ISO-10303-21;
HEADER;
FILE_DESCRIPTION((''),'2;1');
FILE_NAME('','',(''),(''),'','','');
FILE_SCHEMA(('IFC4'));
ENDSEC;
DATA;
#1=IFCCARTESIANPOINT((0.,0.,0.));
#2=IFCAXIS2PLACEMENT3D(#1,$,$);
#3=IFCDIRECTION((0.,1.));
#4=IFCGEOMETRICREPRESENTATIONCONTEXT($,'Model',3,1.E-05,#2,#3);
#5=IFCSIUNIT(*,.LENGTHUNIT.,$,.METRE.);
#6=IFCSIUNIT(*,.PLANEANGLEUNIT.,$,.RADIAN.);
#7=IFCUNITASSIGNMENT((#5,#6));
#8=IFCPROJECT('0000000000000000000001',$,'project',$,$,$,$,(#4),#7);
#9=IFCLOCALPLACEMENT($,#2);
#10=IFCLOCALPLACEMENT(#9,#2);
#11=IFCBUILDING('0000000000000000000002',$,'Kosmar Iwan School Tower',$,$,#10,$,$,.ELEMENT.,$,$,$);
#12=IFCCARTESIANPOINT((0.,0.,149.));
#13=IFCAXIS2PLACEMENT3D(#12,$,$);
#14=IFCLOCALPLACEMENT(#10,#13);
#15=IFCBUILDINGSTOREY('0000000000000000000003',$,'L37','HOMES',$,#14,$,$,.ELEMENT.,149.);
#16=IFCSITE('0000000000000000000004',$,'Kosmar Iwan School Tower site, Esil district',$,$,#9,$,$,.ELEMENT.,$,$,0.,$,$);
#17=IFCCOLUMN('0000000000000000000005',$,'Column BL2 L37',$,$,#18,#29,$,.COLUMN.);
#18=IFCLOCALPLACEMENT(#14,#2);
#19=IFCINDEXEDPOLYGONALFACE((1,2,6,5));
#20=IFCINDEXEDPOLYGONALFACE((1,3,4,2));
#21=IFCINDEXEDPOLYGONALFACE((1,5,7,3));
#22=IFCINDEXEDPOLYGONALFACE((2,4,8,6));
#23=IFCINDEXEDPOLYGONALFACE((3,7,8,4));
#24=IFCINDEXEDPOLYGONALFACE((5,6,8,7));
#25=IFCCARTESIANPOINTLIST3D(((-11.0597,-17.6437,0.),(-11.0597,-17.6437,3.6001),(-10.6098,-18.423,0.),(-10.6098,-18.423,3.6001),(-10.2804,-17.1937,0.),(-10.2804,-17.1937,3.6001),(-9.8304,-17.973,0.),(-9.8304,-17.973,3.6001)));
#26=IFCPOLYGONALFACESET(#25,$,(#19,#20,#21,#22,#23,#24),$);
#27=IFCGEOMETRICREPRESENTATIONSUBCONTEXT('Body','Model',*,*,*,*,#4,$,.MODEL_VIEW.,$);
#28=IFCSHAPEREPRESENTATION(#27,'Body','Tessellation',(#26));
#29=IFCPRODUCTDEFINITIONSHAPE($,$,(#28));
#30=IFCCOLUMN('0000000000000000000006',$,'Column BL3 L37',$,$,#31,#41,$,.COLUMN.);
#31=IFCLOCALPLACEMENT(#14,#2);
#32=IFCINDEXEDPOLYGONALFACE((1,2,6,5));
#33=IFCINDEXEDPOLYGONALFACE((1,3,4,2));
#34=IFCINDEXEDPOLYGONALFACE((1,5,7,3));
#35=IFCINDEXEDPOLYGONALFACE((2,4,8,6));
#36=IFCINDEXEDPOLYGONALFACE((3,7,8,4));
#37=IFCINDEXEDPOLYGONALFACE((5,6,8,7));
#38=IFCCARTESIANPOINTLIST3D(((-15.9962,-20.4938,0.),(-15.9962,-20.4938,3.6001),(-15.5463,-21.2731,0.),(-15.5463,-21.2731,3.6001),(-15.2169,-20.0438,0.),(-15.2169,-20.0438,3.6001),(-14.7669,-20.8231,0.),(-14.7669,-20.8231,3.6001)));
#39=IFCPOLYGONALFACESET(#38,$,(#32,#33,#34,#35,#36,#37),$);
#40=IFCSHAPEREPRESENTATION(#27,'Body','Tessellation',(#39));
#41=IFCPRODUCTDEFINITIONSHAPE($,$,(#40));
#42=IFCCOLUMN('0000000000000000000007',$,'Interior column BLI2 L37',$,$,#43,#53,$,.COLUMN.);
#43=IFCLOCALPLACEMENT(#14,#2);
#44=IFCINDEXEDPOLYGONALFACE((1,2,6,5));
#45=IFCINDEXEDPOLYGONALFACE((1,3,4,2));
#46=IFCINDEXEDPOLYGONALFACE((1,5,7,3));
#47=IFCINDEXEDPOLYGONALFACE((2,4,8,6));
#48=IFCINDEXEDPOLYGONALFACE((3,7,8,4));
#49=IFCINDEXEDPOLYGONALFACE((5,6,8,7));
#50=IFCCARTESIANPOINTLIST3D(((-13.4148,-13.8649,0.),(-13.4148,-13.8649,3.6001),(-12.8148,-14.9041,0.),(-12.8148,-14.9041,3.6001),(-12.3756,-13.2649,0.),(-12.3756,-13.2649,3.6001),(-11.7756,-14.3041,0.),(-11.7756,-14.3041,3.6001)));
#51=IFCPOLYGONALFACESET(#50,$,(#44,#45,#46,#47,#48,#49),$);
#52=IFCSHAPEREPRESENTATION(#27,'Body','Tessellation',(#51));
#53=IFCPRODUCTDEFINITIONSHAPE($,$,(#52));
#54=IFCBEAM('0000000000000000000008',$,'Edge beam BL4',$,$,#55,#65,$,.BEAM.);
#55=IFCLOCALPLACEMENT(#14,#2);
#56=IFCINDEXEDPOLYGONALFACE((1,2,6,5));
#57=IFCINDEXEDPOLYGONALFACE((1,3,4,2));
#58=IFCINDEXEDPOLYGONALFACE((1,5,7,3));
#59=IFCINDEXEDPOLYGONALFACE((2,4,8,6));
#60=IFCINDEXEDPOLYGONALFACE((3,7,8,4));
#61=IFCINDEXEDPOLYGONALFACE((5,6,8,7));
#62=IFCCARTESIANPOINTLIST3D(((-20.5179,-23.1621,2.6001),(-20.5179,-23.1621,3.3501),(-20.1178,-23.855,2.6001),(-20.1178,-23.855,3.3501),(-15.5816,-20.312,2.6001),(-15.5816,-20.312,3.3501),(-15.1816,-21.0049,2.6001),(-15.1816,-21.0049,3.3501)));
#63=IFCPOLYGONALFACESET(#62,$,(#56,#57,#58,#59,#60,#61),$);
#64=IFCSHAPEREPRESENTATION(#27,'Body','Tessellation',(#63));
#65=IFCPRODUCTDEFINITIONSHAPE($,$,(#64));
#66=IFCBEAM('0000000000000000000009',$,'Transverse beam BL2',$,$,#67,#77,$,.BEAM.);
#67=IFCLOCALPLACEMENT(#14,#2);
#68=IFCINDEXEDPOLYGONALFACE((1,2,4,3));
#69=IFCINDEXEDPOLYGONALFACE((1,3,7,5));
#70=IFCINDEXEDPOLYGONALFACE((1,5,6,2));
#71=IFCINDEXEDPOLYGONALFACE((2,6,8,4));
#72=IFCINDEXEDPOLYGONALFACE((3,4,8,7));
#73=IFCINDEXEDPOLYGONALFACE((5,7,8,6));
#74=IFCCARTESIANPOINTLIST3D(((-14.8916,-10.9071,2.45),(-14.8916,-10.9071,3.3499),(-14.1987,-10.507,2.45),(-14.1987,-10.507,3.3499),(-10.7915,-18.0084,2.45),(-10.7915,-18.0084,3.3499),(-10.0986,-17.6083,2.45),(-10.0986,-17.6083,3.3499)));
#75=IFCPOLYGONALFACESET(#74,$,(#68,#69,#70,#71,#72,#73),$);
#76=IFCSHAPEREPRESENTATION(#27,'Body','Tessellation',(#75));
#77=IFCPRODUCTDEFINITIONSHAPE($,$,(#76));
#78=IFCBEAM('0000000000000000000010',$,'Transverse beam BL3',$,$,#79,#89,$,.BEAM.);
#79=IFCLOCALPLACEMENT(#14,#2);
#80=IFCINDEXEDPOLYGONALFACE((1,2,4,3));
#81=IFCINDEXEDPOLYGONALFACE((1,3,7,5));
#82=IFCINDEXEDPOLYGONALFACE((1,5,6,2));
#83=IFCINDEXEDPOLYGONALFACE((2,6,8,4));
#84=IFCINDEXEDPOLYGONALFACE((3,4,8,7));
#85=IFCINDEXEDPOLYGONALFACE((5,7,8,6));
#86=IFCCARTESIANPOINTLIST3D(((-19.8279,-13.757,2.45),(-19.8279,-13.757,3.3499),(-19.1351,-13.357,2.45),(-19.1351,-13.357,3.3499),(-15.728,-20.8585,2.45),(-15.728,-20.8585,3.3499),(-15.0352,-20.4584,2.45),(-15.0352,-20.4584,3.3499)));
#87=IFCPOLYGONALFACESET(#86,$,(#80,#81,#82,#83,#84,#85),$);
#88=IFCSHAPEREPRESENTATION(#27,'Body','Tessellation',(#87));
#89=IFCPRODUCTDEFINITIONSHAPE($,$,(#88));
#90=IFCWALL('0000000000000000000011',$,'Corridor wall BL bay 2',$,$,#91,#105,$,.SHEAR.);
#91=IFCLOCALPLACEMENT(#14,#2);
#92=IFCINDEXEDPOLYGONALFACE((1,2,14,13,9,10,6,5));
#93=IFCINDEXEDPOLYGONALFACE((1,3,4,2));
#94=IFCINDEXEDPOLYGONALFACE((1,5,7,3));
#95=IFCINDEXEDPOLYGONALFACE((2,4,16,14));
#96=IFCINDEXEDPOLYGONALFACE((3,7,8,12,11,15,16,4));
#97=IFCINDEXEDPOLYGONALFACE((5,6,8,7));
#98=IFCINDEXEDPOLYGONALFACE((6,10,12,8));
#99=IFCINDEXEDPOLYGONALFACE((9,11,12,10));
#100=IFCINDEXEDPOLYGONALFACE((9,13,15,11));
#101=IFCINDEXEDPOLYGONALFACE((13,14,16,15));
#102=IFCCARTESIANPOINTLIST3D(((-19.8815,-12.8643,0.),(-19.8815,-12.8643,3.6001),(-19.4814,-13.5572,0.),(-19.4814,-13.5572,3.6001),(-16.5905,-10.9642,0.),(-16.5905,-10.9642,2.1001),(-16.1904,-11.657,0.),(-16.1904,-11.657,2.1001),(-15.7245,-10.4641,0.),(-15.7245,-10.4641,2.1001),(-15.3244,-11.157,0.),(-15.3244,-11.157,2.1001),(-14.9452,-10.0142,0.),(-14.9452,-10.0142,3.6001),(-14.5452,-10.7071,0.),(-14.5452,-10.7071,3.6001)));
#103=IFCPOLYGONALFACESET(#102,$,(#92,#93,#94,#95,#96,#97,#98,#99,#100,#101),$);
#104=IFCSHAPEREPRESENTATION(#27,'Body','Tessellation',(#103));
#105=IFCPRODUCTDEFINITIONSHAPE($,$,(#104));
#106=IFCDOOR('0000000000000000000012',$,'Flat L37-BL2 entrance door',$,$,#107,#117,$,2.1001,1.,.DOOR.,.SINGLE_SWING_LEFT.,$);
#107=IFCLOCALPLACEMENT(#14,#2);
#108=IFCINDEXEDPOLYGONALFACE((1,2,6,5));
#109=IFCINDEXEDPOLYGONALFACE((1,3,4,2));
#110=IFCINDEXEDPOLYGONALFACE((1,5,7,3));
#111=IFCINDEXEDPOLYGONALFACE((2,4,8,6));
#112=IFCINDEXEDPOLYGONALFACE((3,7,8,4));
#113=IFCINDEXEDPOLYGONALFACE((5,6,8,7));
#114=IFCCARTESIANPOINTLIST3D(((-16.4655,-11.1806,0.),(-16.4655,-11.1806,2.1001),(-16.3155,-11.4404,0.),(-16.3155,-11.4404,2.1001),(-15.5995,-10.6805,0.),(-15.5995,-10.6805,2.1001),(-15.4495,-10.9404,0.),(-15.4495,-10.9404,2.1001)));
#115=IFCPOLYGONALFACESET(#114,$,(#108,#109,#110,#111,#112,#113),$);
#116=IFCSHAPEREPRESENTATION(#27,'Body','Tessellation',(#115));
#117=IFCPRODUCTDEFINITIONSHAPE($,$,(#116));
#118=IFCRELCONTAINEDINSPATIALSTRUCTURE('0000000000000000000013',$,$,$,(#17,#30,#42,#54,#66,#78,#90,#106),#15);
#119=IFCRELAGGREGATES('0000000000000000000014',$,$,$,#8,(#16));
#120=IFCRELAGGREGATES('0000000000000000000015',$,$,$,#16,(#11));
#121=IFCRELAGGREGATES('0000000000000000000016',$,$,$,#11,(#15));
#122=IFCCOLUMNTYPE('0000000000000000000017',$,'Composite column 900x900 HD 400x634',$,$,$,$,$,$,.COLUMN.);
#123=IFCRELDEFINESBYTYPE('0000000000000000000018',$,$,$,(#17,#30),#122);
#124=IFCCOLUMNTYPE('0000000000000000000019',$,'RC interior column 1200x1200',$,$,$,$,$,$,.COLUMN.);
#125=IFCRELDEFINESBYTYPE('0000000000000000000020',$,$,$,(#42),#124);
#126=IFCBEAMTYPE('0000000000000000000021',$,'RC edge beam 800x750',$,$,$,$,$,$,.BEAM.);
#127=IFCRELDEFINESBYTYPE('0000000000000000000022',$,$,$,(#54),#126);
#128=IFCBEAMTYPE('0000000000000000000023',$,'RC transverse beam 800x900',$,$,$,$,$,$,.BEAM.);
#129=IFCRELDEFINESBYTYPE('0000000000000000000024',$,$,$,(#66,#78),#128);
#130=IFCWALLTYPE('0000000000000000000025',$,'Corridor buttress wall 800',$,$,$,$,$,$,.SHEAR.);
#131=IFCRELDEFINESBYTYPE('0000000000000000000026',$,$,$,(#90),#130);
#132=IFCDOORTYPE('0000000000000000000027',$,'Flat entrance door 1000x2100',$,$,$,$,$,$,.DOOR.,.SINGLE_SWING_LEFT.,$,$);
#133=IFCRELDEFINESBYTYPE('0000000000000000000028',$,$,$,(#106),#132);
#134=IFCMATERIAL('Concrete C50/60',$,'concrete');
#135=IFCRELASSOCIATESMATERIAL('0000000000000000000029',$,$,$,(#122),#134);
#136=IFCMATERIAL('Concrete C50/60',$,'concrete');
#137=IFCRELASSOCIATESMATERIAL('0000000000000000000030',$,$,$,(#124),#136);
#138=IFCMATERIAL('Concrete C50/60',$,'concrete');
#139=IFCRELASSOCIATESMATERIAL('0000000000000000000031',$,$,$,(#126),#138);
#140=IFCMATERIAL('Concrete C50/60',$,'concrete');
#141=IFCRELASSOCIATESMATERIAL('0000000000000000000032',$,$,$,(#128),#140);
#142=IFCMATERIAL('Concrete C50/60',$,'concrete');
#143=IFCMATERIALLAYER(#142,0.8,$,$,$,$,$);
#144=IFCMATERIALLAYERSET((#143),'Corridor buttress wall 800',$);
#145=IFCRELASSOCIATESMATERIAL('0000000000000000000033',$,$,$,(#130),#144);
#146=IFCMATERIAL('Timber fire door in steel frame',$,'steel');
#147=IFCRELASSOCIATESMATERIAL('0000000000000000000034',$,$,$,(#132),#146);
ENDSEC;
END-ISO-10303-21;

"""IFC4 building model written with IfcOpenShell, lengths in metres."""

from ifc_helpers import new_model, si_unit, direction, frame, frame_2d, origin, origin_2d, place, context, subcontext, project, spatial, rectangle, extrude, material, layer, layer_set, material_profile, profile_set, type_object, element, fill, save


model = new_model("IFC4")

# Units and contexts
model_context = context("Model", 3, precision=1e-05, world=origin(), true_north=direction((0.0, 1.0)))
body_context = subcontext(model_context, "Body", "Model", "MODEL_VIEW")
ifc_project = project(units=[si_unit("LENGTHUNIT", "METRE"), si_unit("PLANEANGLEUNIT", "RADIAN")], contexts=[model_context])

# Site, building, storey
site_placement = place(None, origin())
site = spatial("IfcSite", under=ifc_project, at=site_placement, Name="Kosmar Iwan School Tower site, Esil district", CompositionType="ELEMENT", RefElevation=0.0)
building_placement = place(site_placement, origin())
building = spatial("IfcBuilding", under=site, at=building_placement, Name="Kosmar Iwan School Tower", CompositionType="ELEMENT")
storey_placement = place(building_placement, frame((0.0, 0.0, 149.0)))
storey = spatial("IfcBuildingStorey", under=building, at=storey_placement, Name="L37", Description="HOMES", CompositionType="ELEMENT", Elevation=149.0)

# Columns
ifc_material_1 = material(Name="Concrete C50/60", Category="concrete")
ifc_material_profile_1 = material_profile(ifc_material_1, rectangle(XDim=0.8999, YDim=0.8999, at=origin_2d()), Name="RC 900x900 + HD 400x634")
ifc_profile_set_1 = profile_set([ifc_material_profile_1], Name="Concrete C50/60")
column_type_1 = type_object("IfcColumnType", Name="Composite column 900x900 HD 400x634", PredefinedType="COLUMN", material=ifc_profile_set_1)
for number, where, z_axis, x_axis, name in (
    (1, (-10.4451, -17.8083, 0.0), (0.0, 0.0, 1.0), (-0.866025, -0.5, 0.0), "Column BL2 L37"),
    (2, (-15.3816, -20.6584, 0.0), (0.0, 0.0, 1.0), (-0.866025, -0.5, 0.0), "Column BL3 L37"),
):
    element("IfcColumn", number, at=place(storey_placement, frame(where, z_axis=z_axis, x_axis=x_axis)), inside=storey, type_object=column_type_1, Name=name, PredefinedType="COLUMN", context=body_context, shape_type="SweptSolid", body=[
        extrude(rectangle(XDim=0.8999, YDim=0.8999, at=origin_2d()), origin(), (0.0, 0.0, 1.0), 3.6001),
    ])
ifc_material_2 = material(Name="Concrete C50/60", Category="concrete")
ifc_material_profile_2 = material_profile(ifc_material_2, rectangle(XDim=1.2, YDim=1.2, at=origin_2d()), Name="RC 1200x1200")
ifc_profile_set_2 = profile_set([ifc_material_profile_2], Name="Concrete C50/60")
column_type_2 = type_object("IfcColumnType", Name="RC interior column 1200x1200", PredefinedType="COLUMN", material=ifc_profile_set_2)
column_placement = place(storey_placement, frame((-12.5952, -14.0845, 0.0), z_axis=(0.0, 0.0, 1.0), x_axis=(-0.866025, -0.5, 0.0)))
element("IfcColumn", 3, at=column_placement, inside=storey, type_object=column_type_2, Name="Interior column BLI2 L37", PredefinedType="COLUMN", context=body_context, shape_type="SweptSolid", body=[
    extrude(rectangle(XDim=1.2, YDim=1.2, at=origin_2d()), origin(), (0.0, 0.0, 1.0), 3.6001),
])

# Beams
ifc_material_3 = material(Name="Concrete C50/60", Category="concrete")
ifc_material_profile_3 = material_profile(ifc_material_3, rectangle(XDim=0.8, YDim=0.75, at=origin_2d()), Name="RC 800x750")
ifc_profile_set_3 = profile_set([ifc_material_profile_3], Name="Concrete C50/60")
beam_type_1 = type_object("IfcBeamType", Name="RC edge beam 800x750", PredefinedType="BEAM", material=ifc_profile_set_3)
beam_placement = place(storey_placement, frame((-15.3816, -20.6584, 2.9751), z_axis=(-0.866015, -0.500018, 0.0), x_axis=(0.500018, -0.866015, 0.0)))
element("IfcBeam", 4, at=beam_placement, inside=storey, type_object=beam_type_1, Name="Edge beam BL4", PredefinedType="BEAM", context=body_context, shape_type="SweptSolid", body=[
    extrude(rectangle(XDim=0.8, YDim=0.75, at=origin_2d()), origin(), (0.0, 0.0, 1.0), 5.7),
])
ifc_material_4 = material(Name="Concrete C50/60", Category="concrete")
ifc_material_profile_4 = material_profile(ifc_material_4, rectangle(XDim=0.8, YDim=0.8999, at=origin_2d()), Name="RC 800x900")
ifc_profile_set_4 = profile_set([ifc_material_profile_4], Name="Concrete C50/60")
beam_type_2 = type_object("IfcBeamType", Name="RC transverse beam 800x900", PredefinedType="BEAM", material=ifc_profile_set_4)
for number, where, z_axis, x_axis, name in (
    (5, (-10.4451, -17.8083, 2.8999), (-0.500014, 0.866018, 0.0), (-0.866018, -0.500014, 0.0), "Transverse beam BL2"),
    (6, (-15.3816, -20.6584, 2.8999), (-0.499991, 0.86603, 0.0), (-0.86603, -0.499991, 0.0), "Transverse beam BL3"),
):
    element("IfcBeam", number, at=place(storey_placement, frame(where, z_axis=z_axis, x_axis=x_axis)), inside=storey, type_object=beam_type_2, Name=name, PredefinedType="BEAM", context=body_context, shape_type="SweptSolid", body=[
        extrude(rectangle(XDim=0.8, YDim=0.8999, at=origin_2d()), origin(), (0.0, 0.0, 1.0), 8.2),
    ])

# Wall, opening, door
ifc_material_5 = material(Name="Concrete C50/60", Category="concrete")
ifc_layer_1 = layer(ifc_material_5, 0.8)
ifc_layer_set_1 = layer_set([ifc_layer_1], Name="Corridor buttress wall 800")
wall_type_1 = type_object("IfcWallType", Name="Corridor buttress wall 800", PredefinedType="SHEAR", material=ifc_layer_set_1)
wall_1_placement = place(storey_placement, frame((-14.7451, -10.3606, 0.0), z_axis=(0.0, 0.0, 1.0), x_axis=(-0.866015, -0.500018, 0.0)))
wall_1 = element("IfcWall", 7, at=wall_1_placement, inside=storey, type_object=wall_type_1, Name="Corridor wall BL bay 2", PredefinedType="SHEAR", context=body_context, shape_type="SweptSolid", body=[
    extrude(rectangle(XDim=5.7, YDim=0.8, at=frame_2d((2.8501, 0.0))), origin(), (0.0, 0.0, 1.0), 3.6001),
])
opening_1_placement = place(wall_1_placement, frame((0.8999, 0.0, 0.0)))
opening_1 = element("IfcOpeningElement", 8, at=opening_1_placement, cuts=wall_1, PredefinedType="OPENING", context=body_context, shape_type="SweptSolid", body=[
    extrude(rectangle(XDim=1.0, YDim=2.1001, at=frame_2d((0.5, 1.05))), frame((0.0, 0.4121, 0.0), z_axis=(0.0, -1.0, 0.0), x_axis=(1.0, 0.0, 0.0)), (0.0, 0.0, 1.0), 0.824),
])
ifc_material_6 = material(Name="Timber fire door in steel frame", Category="steel")
door_type_1 = type_object("IfcDoorType", Name="Flat entrance door 1000x2100", OperationType="SINGLE_SWING_LEFT", PredefinedType="DOOR", material=ifc_material_6)
door_1_placement = place(opening_1_placement, origin())
door_1 = element("IfcDoor", 9, at=door_1_placement, inside=storey, type_object=door_type_1, Name="Flat L37-BL2 entrance door", OperationType="SINGLE_SWING_LEFT", OverallHeight=2.1001, OverallWidth=1.0, PredefinedType="DOOR", context=body_context, shape_type="SweptSolid", body=[
    extrude(rectangle(XDim=1.0, YDim=2.1001, at=frame_2d((0.5, 1.05))), frame((0.0, 0.1499, 0.0), z_axis=(0.0, -1.0, 0.0), x_axis=(1.0, 0.0, 0.0)), (0.0, 0.0, 1.0), 0.3),
])
fill(opening_1, door_1)

save(model, "model.ifc")
